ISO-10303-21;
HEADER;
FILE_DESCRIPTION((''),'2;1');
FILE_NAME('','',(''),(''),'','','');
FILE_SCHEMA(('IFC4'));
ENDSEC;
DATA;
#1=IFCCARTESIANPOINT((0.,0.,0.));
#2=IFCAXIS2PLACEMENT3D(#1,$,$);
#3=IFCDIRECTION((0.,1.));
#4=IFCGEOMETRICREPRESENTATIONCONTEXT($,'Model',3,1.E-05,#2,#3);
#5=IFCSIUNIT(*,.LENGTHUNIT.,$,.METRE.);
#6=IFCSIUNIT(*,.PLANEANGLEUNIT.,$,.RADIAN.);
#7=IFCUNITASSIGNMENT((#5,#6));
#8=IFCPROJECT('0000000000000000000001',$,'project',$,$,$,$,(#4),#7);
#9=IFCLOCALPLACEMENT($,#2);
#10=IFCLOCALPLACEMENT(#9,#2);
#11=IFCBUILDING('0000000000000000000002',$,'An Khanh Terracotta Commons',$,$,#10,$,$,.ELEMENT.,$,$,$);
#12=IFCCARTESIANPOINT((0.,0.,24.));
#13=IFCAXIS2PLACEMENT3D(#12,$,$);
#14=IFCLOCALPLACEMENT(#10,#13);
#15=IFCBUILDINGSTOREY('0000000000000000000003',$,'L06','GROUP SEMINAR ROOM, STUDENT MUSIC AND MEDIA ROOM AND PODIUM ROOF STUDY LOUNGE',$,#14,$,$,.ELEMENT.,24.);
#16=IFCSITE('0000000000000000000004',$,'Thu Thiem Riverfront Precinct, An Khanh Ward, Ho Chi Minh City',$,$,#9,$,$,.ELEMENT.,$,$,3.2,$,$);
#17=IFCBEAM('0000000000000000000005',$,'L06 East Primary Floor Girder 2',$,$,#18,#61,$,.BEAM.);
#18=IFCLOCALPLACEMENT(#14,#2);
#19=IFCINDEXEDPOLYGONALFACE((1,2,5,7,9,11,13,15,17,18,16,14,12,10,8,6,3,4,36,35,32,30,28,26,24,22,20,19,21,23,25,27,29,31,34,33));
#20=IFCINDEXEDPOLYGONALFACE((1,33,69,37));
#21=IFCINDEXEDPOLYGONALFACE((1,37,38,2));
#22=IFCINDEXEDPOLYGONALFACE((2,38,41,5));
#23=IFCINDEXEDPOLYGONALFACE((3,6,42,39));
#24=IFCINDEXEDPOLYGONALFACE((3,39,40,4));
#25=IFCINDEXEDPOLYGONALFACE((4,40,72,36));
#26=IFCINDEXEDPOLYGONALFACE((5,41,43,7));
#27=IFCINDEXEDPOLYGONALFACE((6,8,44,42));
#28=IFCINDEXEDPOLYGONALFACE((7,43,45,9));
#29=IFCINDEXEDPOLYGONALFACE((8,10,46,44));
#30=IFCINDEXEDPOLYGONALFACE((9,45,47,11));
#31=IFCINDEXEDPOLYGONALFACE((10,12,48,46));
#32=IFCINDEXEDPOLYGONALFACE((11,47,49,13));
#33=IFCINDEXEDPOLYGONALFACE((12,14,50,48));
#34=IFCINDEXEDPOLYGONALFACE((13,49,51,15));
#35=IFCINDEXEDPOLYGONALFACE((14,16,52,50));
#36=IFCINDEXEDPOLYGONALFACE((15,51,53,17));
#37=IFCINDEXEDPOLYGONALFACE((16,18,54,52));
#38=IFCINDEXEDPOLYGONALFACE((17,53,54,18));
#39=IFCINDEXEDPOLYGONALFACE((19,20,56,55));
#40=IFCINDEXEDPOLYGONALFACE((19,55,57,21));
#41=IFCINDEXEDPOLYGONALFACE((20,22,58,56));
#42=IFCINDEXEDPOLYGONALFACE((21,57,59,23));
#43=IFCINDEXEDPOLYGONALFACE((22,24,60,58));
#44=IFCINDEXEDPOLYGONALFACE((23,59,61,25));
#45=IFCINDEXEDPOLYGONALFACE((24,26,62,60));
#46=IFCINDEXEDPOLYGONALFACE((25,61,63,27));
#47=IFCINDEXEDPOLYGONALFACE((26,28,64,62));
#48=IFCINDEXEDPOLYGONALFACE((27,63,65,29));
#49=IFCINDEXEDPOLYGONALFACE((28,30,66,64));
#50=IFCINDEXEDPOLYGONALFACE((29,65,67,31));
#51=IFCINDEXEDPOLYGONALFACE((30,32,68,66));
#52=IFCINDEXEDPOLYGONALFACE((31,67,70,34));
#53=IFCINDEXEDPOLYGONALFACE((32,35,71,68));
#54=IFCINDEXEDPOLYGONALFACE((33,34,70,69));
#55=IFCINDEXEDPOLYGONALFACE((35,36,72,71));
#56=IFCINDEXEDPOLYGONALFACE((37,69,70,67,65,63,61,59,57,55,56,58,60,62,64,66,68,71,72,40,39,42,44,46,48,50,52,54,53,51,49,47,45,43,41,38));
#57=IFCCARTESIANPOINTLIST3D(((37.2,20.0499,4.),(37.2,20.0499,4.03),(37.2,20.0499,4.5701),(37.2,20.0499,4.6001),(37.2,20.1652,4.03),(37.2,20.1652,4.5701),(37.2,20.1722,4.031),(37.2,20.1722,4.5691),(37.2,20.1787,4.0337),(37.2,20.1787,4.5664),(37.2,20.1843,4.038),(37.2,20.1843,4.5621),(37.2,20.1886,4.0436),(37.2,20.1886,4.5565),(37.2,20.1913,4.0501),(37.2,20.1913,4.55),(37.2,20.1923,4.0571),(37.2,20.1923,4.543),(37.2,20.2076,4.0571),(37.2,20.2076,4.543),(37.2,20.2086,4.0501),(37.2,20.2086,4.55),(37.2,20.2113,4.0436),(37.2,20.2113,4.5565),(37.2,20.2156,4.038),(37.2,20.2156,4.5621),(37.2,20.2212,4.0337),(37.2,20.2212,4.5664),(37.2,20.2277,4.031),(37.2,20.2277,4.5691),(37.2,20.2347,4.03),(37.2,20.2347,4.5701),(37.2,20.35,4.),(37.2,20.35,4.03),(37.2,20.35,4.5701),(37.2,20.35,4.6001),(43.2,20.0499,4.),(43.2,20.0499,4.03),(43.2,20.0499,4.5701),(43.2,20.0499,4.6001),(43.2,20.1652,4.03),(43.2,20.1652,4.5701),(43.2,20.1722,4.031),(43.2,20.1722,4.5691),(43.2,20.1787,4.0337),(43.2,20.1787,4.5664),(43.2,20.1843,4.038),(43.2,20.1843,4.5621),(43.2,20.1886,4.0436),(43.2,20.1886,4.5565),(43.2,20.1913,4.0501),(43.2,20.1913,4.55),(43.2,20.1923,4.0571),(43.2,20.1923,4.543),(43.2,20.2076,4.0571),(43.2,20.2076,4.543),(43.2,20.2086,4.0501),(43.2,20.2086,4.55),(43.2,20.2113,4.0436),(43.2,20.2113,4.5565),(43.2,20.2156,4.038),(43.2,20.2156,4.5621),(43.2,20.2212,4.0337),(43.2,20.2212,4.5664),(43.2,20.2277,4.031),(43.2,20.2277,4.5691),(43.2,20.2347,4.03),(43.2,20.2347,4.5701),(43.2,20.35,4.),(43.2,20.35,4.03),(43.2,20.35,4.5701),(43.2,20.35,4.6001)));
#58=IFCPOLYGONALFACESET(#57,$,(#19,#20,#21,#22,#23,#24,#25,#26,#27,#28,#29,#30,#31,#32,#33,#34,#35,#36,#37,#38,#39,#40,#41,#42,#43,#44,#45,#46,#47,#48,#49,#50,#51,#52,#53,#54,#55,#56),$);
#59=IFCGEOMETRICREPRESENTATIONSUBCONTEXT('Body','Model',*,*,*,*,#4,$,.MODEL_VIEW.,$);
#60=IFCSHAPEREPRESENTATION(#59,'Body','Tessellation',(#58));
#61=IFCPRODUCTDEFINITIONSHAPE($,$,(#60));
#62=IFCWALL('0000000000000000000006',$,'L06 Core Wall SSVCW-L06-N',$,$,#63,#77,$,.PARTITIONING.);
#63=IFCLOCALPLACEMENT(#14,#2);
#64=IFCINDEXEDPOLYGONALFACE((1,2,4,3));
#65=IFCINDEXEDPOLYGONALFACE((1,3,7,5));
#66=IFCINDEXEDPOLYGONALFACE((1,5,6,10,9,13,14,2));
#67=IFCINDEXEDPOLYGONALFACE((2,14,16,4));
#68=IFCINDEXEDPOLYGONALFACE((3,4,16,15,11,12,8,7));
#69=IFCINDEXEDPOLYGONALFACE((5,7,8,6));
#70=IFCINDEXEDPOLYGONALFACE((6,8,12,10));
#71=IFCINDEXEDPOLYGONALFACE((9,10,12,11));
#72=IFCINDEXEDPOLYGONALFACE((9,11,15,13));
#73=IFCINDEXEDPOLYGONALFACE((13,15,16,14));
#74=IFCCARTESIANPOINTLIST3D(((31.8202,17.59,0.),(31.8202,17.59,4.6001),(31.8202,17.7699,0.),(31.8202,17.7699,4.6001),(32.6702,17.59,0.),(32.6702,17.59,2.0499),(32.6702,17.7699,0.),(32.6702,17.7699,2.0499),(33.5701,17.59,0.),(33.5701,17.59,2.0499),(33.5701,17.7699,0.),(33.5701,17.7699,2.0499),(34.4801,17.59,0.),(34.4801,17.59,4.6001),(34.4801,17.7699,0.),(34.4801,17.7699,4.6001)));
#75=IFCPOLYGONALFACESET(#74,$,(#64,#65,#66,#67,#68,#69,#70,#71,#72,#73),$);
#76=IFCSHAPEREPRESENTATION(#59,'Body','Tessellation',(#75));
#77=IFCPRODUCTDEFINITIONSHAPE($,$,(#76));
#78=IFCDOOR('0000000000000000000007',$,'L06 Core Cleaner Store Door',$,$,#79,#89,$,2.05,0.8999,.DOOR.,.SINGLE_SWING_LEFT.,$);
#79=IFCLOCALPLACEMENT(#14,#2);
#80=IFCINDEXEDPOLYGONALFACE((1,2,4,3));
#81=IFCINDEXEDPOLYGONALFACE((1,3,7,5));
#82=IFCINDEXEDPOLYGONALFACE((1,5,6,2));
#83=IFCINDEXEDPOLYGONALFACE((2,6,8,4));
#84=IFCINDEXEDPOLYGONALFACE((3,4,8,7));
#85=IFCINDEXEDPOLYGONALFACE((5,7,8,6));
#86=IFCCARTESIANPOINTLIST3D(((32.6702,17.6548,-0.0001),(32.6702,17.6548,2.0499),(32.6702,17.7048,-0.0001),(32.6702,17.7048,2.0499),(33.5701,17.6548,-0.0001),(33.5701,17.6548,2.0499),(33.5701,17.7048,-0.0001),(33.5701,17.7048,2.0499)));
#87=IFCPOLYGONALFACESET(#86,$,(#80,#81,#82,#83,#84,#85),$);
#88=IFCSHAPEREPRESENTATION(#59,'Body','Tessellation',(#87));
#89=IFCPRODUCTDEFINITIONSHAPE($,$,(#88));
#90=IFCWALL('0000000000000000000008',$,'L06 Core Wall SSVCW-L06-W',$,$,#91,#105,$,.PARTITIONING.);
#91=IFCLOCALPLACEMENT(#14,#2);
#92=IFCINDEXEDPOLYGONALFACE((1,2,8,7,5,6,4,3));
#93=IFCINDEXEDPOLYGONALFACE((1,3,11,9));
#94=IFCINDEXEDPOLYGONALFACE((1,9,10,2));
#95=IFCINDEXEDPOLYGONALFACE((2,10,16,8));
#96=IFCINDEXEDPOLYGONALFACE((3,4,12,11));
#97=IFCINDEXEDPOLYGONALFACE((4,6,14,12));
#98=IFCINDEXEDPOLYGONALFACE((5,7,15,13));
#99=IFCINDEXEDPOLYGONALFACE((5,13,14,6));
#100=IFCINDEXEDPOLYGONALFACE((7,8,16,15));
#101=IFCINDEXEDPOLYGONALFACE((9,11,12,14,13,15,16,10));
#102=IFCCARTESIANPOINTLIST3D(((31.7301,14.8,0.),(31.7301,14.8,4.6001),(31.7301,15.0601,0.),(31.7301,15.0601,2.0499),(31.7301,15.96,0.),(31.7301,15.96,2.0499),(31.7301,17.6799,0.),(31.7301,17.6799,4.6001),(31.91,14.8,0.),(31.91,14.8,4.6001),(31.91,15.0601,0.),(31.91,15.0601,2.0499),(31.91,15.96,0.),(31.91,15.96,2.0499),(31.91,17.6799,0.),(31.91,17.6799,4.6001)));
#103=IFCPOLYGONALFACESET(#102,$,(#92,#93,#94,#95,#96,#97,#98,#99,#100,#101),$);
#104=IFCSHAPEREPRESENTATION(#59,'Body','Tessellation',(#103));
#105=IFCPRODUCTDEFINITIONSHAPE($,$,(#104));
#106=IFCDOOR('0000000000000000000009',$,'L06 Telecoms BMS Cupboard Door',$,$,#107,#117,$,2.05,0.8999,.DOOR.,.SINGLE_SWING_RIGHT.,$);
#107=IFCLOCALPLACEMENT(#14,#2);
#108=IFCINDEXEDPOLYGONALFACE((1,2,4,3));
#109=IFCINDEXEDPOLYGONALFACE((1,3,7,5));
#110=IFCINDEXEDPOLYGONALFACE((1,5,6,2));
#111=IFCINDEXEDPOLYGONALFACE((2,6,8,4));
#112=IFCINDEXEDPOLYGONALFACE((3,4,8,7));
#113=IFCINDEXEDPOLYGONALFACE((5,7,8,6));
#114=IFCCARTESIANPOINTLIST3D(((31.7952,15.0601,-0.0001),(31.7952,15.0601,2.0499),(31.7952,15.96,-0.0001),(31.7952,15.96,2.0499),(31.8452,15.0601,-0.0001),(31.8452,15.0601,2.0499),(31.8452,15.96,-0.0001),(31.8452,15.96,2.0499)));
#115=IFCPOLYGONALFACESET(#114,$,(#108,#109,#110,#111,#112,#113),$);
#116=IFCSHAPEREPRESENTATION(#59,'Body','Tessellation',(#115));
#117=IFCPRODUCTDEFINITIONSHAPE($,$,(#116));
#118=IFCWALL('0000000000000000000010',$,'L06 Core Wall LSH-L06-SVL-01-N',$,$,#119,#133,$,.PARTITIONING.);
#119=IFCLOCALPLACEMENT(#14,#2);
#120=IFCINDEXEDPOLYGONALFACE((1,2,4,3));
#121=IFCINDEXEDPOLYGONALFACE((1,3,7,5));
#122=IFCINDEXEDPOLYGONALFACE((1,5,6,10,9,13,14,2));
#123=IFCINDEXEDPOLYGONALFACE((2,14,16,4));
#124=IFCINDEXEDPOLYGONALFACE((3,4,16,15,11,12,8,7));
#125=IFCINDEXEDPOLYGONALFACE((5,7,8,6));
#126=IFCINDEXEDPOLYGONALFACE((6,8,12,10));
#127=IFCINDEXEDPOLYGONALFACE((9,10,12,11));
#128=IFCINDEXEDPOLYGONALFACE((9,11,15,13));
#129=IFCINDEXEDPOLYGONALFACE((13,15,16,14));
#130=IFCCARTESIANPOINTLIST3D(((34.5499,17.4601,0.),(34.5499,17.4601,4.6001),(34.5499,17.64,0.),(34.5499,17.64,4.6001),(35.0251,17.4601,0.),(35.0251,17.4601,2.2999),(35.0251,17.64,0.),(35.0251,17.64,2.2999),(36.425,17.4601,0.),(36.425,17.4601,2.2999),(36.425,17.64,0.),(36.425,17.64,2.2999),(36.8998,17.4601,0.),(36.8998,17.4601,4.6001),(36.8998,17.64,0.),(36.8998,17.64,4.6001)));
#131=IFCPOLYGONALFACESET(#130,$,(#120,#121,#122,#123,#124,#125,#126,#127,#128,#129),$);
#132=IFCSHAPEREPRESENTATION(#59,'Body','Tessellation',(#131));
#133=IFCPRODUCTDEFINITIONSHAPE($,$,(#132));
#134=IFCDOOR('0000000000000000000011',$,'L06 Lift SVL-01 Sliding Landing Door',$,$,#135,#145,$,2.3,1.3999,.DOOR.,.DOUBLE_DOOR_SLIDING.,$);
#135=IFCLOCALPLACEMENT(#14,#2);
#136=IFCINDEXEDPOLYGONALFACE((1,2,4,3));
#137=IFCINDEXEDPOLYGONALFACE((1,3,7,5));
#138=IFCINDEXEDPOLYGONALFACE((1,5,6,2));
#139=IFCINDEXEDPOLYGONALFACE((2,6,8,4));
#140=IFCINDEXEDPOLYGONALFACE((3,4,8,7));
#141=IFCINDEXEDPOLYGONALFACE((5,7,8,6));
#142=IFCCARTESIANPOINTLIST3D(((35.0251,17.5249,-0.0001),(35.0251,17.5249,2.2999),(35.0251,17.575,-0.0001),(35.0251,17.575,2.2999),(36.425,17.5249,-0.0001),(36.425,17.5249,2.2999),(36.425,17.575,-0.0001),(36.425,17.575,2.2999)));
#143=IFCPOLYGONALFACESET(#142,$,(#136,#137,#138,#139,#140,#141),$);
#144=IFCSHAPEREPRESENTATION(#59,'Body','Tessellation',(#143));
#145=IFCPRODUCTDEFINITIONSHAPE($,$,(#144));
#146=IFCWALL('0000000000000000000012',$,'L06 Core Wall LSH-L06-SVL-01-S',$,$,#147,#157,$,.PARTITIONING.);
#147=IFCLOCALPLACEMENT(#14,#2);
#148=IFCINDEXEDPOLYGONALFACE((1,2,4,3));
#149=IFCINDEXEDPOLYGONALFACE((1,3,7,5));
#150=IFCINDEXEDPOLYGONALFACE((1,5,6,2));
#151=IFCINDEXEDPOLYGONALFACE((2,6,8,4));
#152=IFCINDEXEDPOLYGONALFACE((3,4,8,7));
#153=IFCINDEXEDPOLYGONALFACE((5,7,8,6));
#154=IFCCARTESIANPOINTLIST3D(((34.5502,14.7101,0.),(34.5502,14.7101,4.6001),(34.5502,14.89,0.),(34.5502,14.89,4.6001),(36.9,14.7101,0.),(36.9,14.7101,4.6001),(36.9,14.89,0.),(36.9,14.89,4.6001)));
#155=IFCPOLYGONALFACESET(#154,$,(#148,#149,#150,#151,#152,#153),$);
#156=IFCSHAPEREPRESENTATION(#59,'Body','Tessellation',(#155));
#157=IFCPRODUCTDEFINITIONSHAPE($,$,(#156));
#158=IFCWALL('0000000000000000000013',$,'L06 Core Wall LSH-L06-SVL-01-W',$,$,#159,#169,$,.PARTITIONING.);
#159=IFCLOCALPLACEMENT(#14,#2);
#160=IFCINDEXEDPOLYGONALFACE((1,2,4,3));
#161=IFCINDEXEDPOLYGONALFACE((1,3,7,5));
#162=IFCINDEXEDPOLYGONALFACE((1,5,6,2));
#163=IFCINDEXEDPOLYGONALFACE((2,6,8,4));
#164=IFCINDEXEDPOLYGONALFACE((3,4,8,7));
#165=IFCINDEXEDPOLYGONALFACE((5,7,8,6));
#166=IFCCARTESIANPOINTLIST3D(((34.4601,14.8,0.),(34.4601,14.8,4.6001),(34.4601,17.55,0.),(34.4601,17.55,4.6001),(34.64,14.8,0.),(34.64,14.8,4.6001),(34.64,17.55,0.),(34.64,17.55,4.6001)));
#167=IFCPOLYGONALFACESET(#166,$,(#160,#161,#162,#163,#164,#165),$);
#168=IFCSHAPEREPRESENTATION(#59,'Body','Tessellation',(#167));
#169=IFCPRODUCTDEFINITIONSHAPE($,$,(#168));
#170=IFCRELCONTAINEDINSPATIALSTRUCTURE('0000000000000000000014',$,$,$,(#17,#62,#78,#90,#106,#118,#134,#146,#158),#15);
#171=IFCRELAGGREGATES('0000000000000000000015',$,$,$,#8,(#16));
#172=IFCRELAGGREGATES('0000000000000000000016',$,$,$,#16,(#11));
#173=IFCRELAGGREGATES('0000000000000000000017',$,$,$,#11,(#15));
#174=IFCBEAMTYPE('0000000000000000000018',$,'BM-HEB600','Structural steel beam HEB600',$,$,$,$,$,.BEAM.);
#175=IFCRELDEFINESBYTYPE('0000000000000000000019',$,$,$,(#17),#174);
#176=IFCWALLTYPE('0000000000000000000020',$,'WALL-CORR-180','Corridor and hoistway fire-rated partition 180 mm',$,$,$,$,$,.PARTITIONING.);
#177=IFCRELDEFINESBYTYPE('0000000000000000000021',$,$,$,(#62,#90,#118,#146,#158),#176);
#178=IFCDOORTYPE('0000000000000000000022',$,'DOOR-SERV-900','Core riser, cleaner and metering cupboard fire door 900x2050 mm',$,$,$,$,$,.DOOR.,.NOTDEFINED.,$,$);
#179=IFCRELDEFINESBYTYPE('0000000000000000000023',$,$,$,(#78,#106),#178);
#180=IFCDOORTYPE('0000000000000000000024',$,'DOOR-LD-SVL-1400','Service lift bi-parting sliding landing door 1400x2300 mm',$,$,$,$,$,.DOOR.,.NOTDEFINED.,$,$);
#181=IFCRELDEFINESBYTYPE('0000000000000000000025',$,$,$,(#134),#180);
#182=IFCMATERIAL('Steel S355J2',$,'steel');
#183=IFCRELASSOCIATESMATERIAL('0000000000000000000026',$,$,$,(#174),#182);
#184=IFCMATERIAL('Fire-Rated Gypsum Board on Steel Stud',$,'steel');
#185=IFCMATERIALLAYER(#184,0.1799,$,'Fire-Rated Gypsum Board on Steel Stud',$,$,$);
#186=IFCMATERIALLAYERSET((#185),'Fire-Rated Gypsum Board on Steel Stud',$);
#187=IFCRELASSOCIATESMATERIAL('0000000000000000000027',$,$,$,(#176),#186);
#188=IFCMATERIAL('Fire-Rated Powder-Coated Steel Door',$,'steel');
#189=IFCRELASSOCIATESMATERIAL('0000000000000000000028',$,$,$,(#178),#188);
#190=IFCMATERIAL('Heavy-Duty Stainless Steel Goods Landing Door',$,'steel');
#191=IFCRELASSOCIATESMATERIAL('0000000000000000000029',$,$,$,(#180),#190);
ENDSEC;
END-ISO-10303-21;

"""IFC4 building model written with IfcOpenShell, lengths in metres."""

from ifc_helpers import new_model, si_unit, direction, frame, frame_2d, origin, origin_2d, place, context, subcontext, project, spatial, rectangle, i_section, extrude, material, layer, layer_set, material_profile, profile_set, type_object, element, fill, save


model = new_model("IFC4")

# Units and contexts
model_context = context("Model", 3, precision=1e-05, world=origin(), true_north=direction((0.0, 1.0)))
body_context = subcontext(model_context, "Body", "Model", "MODEL_VIEW")
ifc_project = project(units=[si_unit("LENGTHUNIT", "METRE"), si_unit("PLANEANGLEUNIT", "RADIAN")], contexts=[model_context])

# Site, building, storey
site_placement = place(None, origin())
site = spatial("IfcSite", under=ifc_project, at=site_placement, Name="Thu Thiem Riverfront Precinct, An Khanh Ward, Ho Chi Minh City", CompositionType="ELEMENT", RefElevation=3.2)
building_placement = place(site_placement, origin())
building = spatial("IfcBuilding", under=site, at=building_placement, Name="An Khanh Terracotta Commons", CompositionType="ELEMENT")
storey_placement = place(building_placement, frame((0.0, 0.0, 24.0)))
storey = spatial("IfcBuildingStorey", under=building, at=storey_placement, Name="L06", Description="GROUP SEMINAR ROOM, STUDENT MUSIC AND MEDIA ROOM AND PODIUM ROOF STUDY LOUNGE", CompositionType="ELEMENT", Elevation=24.0)

# Beam
ifc_material_1 = material(Name="Steel S355J2", Category="steel")
ifc_material_profile_1 = material_profile(ifc_material_1, i_section(OverallWidth=0.3, OverallDepth=0.6001, WebThickness=0.0154, FlangeThickness=0.03, FilletRadius=0.0271, at=origin_2d()), Name="HEB600")
ifc_profile_set_1 = profile_set([ifc_material_profile_1], Name="Steel S355J2")
beam_type_1 = type_object("IfcBeamType", Name="BM-HEB600", Description="Structural steel beam HEB600", PredefinedType="BEAM", material=ifc_profile_set_1)
for number, where, z_axis, x_axis, name in (
    (1, (37.2, 20.2, 4.3), (1.0, 0.0, 0.0), (0.0, 1.0, 0.0), "L06 East Primary Floor Girder 2"),
):
    element("IfcBeam", number, at=place(storey_placement, frame(where, z_axis=z_axis, x_axis=x_axis)), inside=storey, type_object=beam_type_1, Name=name, PredefinedType="BEAM", context=body_context, shape_type="SweptSolid", body=[
        extrude(i_section(OverallWidth=0.3, OverallDepth=0.6001, WebThickness=0.0154, FlangeThickness=0.03, FilletRadius=0.0271, at=origin_2d()), origin(), (0.0, 0.0, 1.0), 6.0),
    ])

# Walls, openings, doors
ifc_material_2 = material(Name="Fire-Rated Gypsum Board on Steel Stud", Category="steel")
ifc_layer_1 = layer(ifc_material_2, 0.1799, Name="Fire-Rated Gypsum Board on Steel Stud")
ifc_layer_set_1 = layer_set([ifc_layer_1], Name="Fire-Rated Gypsum Board on Steel Stud")
wall_type_1 = type_object("IfcWallType", Name="WALL-CORR-180", Description="Corridor and hoistway fire-rated partition 180 mm", PredefinedType="PARTITIONING", material=ifc_layer_set_1)
wall_1_placement = place(storey_placement, frame((31.8201, 17.6799, 0.0), z_axis=(0.0, 0.0, 1.0), x_axis=(1.0, 0.0, 0.0)))
wall_1 = element("IfcWall", 2, at=wall_1_placement, inside=storey, type_object=wall_type_1, Name="L06 Core Wall SSVCW-L06-N", PredefinedType="PARTITIONING", context=body_context, shape_type="SweptSolid", body=[
    extrude(rectangle(XDim=2.6599, YDim=0.1799, at=frame_2d((1.3301, 0.0))), origin(), (0.0, 0.0, 1.0), 4.6001),
])
opening_1_placement = place(wall_1_placement, frame((0.8501, 0.0, 0.0)))
opening_1 = element("IfcOpeningElement", 3, at=opening_1_placement, cuts=wall_1, PredefinedType="OPENING", context=body_context, shape_type="SweptSolid", body=[
    extrude(rectangle(XDim=0.8999, YDim=2.05, at=frame_2d((0.45, 1.0249))), frame((0.0, 0.0999, 0.0), z_axis=(0.0, -1.0, 0.0), x_axis=(1.0, 0.0, 0.0)), (0.0, 0.0, 1.0), 0.2),
])
ifc_material_3 = material(Name="Fire-Rated Powder-Coated Steel Door", Category="steel")
door_type_1 = type_object("IfcDoorType", Name="DOOR-SERV-900", Description="Core riser, cleaner and metering cupboard fire door 900x2050 mm", OperationType="NOTDEFINED", PredefinedType="DOOR", material=ifc_material_3)
door_1_placement = place(opening_1_placement, origin())
door_1 = element("IfcDoor", 4, at=door_1_placement, inside=storey, type_object=door_type_1, Name="L06 Core Cleaner Store Door", OperationType="SINGLE_SWING_LEFT", OverallHeight=2.05, OverallWidth=0.8999, PredefinedType="DOOR", context=body_context, shape_type="SweptSolid", body=[
    extrude(rectangle(XDim=0.8999, YDim=2.05, at=frame_2d((0.45, 1.0249))), frame((0.0, 0.0249, 0.0), z_axis=(0.0, -1.0, 0.0), x_axis=(1.0, 0.0, 0.0)), (0.0, 0.0, 1.0), 0.05),
])
fill(opening_1, door_1)
wall_2_placement = place(storey_placement, frame((31.8201, 14.8, 0.0), z_axis=(0.0, 0.0, 1.0), x_axis=(0.0, 1.0, 0.0)))
wall_2 = element("IfcWall", 5, at=wall_2_placement, inside=storey, type_object=wall_type_1, Name="L06 Core Wall SSVCW-L06-W", PredefinedType="PARTITIONING", context=body_context, shape_type="SweptSolid", body=[
    extrude(rectangle(XDim=2.8799, YDim=0.1799, at=frame_2d((1.4399, 0.0))), origin(), (0.0, 0.0, 1.0), 4.6001),
])
opening_2_placement = place(wall_2_placement, frame((0.26, 0.0, 0.0)))
opening_2 = element("IfcOpeningElement", 6, at=opening_2_placement, cuts=wall_2, PredefinedType="OPENING", context=body_context, shape_type="SweptSolid", body=[
    extrude(rectangle(XDim=0.8999, YDim=2.05, at=frame_2d((0.45, 1.0249))), frame((0.0, 0.0999, 0.0), z_axis=(0.0, -1.0, 0.0), x_axis=(1.0, 0.0, 0.0)), (0.0, 0.0, 1.0), 0.2),
])
door_2_placement = place(opening_2_placement, origin())
door_2 = element("IfcDoor", 7, at=door_2_placement, inside=storey, type_object=door_type_1, Name="L06 Telecoms BMS Cupboard Door", OperationType="SINGLE_SWING_RIGHT", OverallHeight=2.05, OverallWidth=0.8999, PredefinedType="DOOR", context=body_context, shape_type="SweptSolid", body=[
    extrude(rectangle(XDim=0.8999, YDim=2.05, at=frame_2d((0.45, 1.0249))), frame((0.0, 0.0249, 0.0), z_axis=(0.0, -1.0, 0.0), x_axis=(1.0, 0.0, 0.0)), (0.0, 0.0, 1.0), 0.05),
])
fill(opening_2, door_2)
wall_3_placement = place(storey_placement, frame((34.55, 17.55, 0.0), z_axis=(0.0, 0.0, 1.0), x_axis=(1.0, 0.0, 0.0)))
wall_3 = element("IfcWall", 8, at=wall_3_placement, inside=storey, type_object=wall_type_1, Name="L06 Core Wall LSH-L06-SVL-01-N", PredefinedType="PARTITIONING", context=body_context, shape_type="SweptSolid", body=[
    extrude(rectangle(XDim=2.3499, YDim=0.1799, at=frame_2d((1.1748, 0.0))), origin(), (0.0, 0.0, 1.0), 4.6001),
])
opening_3_placement = place(wall_3_placement, frame((0.4751, 0.0, 0.0)))
opening_3 = element("IfcOpeningElement", 9, at=opening_3_placement, cuts=wall_3, PredefinedType="OPENING", context=body_context, shape_type="SweptSolid", body=[
    extrude(rectangle(XDim=1.3999, YDim=2.3, at=frame_2d((0.7, 1.1499))), frame((0.0, 0.0999, 0.0), z_axis=(0.0, -1.0, 0.0), x_axis=(1.0, 0.0, 0.0)), (0.0, 0.0, 1.0), 0.2),
])
ifc_material_4 = material(Name="Heavy-Duty Stainless Steel Goods Landing Door", Category="steel")
door_type_2 = type_object("IfcDoorType", Name="DOOR-LD-SVL-1400", Description="Service lift bi-parting sliding landing door 1400x2300 mm", OperationType="NOTDEFINED", PredefinedType="DOOR", material=ifc_material_4)
door_3_placement = place(opening_3_placement, origin())
door_3 = element("IfcDoor", 10, at=door_3_placement, inside=storey, type_object=door_type_2, Name="L06 Lift SVL-01 Sliding Landing Door", OperationType="DOUBLE_DOOR_SLIDING", OverallHeight=2.3, OverallWidth=1.3999, PredefinedType="DOOR", context=body_context, shape_type="SweptSolid", body=[
    extrude(rectangle(XDim=1.3999, YDim=2.3, at=frame_2d((0.7, 1.1499))), frame((0.0, 0.0249, 0.0), z_axis=(0.0, -1.0, 0.0), x_axis=(1.0, 0.0, 0.0)), (0.0, 0.0, 1.0), 0.05),
])
fill(opening_3, door_3)

# Walls
wall_4_placement = place(storey_placement, frame((36.8999, 14.8, 0.0), z_axis=(0.0, 0.0, 1.0), x_axis=(-1.0, 0.0, 0.0)))
element("IfcWall", 11, at=wall_4_placement, inside=storey, type_object=wall_type_1, Name="L06 Core Wall LSH-L06-SVL-01-S", PredefinedType="PARTITIONING", context=body_context, shape_type="SweptSolid", body=[
    extrude(rectangle(XDim=2.3499, YDim=0.1799, at=frame_2d((1.1748, 0.0))), origin(), (0.0, 0.0, 1.0), 4.6001),
])
wall_5_placement = place(storey_placement, frame((34.55, 17.55, 0.0), z_axis=(0.0, 0.0, 1.0), x_axis=(0.0, -1.0, 0.0)))
element("IfcWall", 12, at=wall_5_placement, inside=storey, type_object=wall_type_1, Name="L06 Core Wall LSH-L06-SVL-01-W", PredefinedType="PARTITIONING", context=body_context, shape_type="SweptSolid", body=[
    extrude(rectangle(XDim=2.75, YDim=0.1799, at=frame_2d((1.375, 0.0))), origin(), (0.0, 0.0, 1.0), 4.6001),
])

save(model, "model.ifc")
